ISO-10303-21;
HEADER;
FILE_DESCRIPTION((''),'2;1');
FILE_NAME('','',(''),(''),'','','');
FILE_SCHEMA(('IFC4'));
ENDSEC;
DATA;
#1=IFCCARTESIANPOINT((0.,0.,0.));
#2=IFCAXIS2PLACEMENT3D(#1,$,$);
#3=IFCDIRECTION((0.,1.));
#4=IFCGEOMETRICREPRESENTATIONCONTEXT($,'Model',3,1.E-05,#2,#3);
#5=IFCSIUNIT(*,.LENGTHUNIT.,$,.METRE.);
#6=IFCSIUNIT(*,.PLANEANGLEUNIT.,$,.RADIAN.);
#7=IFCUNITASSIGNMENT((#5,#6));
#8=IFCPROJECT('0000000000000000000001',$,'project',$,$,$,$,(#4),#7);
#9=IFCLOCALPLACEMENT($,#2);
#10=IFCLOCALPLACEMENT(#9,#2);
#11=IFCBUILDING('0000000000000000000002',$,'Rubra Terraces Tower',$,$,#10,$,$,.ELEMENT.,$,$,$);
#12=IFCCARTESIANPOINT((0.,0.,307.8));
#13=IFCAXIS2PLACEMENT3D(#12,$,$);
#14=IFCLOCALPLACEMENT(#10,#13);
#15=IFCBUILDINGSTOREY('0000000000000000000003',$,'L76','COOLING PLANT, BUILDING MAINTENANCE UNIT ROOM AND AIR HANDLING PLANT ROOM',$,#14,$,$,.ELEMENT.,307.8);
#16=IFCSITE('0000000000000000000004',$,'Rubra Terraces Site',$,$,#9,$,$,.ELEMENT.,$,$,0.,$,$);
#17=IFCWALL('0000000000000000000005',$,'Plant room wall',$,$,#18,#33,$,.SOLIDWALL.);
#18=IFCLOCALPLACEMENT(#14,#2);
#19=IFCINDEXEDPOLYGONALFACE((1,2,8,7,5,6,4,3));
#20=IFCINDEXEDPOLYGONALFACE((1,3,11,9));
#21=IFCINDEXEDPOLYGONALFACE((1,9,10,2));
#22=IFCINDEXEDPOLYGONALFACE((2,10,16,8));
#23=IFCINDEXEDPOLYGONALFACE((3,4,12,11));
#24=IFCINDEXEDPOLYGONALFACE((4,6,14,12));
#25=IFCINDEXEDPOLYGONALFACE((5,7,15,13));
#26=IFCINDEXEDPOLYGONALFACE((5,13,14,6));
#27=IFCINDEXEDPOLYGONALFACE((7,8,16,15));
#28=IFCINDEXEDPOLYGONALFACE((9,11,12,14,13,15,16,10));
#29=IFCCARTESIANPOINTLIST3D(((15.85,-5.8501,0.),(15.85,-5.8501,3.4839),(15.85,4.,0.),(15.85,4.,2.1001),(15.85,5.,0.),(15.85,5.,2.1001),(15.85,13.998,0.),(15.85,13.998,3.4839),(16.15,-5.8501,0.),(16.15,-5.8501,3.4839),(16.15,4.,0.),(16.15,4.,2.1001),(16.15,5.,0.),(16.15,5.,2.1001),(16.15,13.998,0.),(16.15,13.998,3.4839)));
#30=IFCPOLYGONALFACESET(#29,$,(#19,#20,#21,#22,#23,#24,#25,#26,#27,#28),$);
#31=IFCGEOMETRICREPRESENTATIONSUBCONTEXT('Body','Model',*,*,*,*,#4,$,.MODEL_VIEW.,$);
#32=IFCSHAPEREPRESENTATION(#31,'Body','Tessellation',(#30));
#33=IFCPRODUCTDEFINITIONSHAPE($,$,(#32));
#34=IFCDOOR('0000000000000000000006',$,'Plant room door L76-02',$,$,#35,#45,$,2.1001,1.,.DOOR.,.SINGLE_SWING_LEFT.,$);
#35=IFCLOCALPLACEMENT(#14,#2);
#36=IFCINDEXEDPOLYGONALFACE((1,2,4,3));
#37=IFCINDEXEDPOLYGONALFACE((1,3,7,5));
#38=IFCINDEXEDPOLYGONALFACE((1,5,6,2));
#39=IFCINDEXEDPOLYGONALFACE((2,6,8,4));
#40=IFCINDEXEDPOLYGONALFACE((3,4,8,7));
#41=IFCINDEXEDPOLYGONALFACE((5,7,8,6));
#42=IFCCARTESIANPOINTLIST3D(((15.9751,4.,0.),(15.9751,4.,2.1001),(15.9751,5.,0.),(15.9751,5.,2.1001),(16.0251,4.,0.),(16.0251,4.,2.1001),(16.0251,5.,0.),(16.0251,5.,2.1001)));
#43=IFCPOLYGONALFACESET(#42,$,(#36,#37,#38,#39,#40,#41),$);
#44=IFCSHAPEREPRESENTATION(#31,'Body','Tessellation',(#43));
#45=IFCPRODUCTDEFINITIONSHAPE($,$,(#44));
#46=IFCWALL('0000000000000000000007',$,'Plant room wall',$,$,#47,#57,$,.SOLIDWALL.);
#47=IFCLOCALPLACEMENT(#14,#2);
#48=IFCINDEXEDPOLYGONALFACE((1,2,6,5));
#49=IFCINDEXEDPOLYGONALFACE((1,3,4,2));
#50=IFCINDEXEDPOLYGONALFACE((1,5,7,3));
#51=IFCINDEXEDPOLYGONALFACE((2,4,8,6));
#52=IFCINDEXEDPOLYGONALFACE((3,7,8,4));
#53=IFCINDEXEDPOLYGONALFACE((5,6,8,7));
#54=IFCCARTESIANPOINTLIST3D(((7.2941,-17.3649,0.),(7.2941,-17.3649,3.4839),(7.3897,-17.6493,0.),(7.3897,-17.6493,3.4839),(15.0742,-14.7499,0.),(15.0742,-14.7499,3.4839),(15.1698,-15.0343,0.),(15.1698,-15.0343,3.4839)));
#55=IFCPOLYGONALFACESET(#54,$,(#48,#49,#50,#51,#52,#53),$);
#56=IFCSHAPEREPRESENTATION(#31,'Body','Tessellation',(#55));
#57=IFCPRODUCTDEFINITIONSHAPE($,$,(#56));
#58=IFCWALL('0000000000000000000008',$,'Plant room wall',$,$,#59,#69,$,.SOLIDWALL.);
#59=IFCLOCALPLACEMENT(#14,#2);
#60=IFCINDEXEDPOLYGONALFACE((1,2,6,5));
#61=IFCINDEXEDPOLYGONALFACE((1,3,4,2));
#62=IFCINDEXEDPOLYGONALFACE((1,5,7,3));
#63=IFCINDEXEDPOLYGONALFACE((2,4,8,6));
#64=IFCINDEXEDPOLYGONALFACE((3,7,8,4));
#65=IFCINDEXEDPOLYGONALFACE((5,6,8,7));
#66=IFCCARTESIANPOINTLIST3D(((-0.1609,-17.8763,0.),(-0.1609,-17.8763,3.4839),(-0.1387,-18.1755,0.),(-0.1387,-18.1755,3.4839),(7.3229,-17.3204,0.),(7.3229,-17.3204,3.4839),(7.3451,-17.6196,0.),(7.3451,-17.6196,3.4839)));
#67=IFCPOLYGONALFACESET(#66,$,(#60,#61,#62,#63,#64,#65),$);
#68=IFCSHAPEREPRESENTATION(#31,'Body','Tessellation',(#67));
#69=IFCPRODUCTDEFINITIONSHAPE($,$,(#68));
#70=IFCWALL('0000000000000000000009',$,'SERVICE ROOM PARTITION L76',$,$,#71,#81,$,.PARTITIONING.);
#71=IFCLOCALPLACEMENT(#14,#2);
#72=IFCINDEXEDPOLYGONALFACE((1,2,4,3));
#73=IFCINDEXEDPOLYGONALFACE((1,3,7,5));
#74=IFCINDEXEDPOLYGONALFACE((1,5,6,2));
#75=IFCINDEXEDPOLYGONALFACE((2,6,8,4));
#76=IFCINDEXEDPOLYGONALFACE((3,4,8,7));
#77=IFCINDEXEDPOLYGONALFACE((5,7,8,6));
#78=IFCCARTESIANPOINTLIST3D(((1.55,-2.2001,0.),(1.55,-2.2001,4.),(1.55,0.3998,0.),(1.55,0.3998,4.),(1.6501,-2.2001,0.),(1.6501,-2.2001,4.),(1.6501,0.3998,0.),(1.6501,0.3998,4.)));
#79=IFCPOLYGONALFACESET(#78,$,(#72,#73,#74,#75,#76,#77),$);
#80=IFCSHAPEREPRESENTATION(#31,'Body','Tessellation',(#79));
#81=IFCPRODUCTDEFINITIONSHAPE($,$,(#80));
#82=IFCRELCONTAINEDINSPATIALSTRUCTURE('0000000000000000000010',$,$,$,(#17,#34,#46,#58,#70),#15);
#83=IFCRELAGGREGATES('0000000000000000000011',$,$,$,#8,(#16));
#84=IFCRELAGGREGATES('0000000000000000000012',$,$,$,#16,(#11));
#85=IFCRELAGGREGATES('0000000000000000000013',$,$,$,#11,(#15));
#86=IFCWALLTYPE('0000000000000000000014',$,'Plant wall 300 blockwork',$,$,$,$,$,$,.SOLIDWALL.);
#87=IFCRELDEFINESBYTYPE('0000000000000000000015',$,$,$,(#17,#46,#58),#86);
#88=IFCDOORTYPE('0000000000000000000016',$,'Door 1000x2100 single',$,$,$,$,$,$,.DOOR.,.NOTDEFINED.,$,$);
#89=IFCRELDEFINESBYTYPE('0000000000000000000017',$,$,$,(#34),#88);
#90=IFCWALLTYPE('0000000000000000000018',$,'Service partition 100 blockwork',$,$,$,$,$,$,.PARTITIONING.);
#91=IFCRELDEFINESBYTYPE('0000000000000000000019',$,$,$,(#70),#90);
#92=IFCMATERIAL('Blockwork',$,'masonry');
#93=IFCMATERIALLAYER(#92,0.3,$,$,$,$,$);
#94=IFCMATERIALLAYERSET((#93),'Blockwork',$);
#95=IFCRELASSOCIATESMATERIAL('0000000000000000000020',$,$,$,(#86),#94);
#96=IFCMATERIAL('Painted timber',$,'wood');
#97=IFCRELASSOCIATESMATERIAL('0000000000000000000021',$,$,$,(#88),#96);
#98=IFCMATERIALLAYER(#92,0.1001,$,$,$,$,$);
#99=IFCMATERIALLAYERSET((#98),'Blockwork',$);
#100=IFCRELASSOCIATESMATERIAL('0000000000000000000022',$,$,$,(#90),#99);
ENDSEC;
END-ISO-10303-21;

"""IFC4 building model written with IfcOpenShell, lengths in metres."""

from ifc_helpers import new_model, si_unit, direction, frame, frame_2d, origin, place, context, subcontext, project, spatial, rectangle, extrude, material, layer, layer_set, type_object, element, fill, save


model = new_model("IFC4")

# Units and contexts
model_context = context("Model", 3, precision=1e-05, world=origin(), true_north=direction((0.0, 1.0)))
body_context = subcontext(model_context, "Body", "Model", "MODEL_VIEW")
ifc_project = project(units=[si_unit("LENGTHUNIT", "METRE"), si_unit("PLANEANGLEUNIT", "RADIAN")], contexts=[model_context])

# Site, building, storey
site_placement = place(None, origin())
site = spatial("IfcSite", under=ifc_project, at=site_placement, Name="Rubra Terraces Site", CompositionType="ELEMENT", RefElevation=0.0)
building_placement = place(site_placement, origin())
building = spatial("IfcBuilding", under=site, at=building_placement, Name="Rubra Terraces Tower", CompositionType="ELEMENT")
storey_placement = place(building_placement, frame((0.0, 0.0, 307.8)))
storey = spatial("IfcBuildingStorey", under=building, at=storey_placement, Name="L76", Description="COOLING PLANT, BUILDING MAINTENANCE UNIT ROOM AND AIR HANDLING PLANT ROOM", CompositionType="ELEMENT", Elevation=307.8)

# Wall, opening, door
ifc_material_1 = material(Name="Blockwork", Category="masonry")
ifc_layer_1 = layer(ifc_material_1, 0.3)
ifc_layer_set_1 = layer_set([ifc_layer_1], Name="Blockwork")
wall_type_1 = type_object("IfcWallType", Name="Plant wall 300 blockwork", PredefinedType="SOLIDWALL", material=ifc_layer_set_1)
wall_1_placement = place(storey_placement, frame((16.0, -5.8501, 0.0), z_axis=(0.0, 0.0, 1.0), x_axis=(0.0, 1.0, 0.0)))
wall_1 = element("IfcWall", 1, at=wall_1_placement, inside=storey, type_object=wall_type_1, Name="Plant room wall", PredefinedType="SOLIDWALL", context=body_context, shape_type="SweptSolid", body=[
    extrude(rectangle(XDim=19.8481, YDim=0.3, at=frame_2d((9.9241, 0.0))), origin(), (0.0, 0.0, 1.0), 3.4839),
])
opening_1_placement = place(wall_1_placement, frame((9.8501, 0.0, 0.0)))
opening_1 = element("IfcOpeningElement", 2, at=opening_1_placement, cuts=wall_1, PredefinedType="OPENING", context=body_context, shape_type="SweptSolid", body=[
    extrude(rectangle(XDim=1.0, YDim=2.1001, at=frame_2d((0.5, 1.05))), frame((0.0, 0.1599, 0.0), z_axis=(0.0, -1.0, 0.0), x_axis=(1.0, 0.0, 0.0)), (0.0, 0.0, 1.0), 0.3201),
])
ifc_material_2 = material(Name="Painted timber", Category="wood")
door_type_1 = type_object("IfcDoorType", Name="Door 1000x2100 single", OperationType="NOTDEFINED", PredefinedType="DOOR", material=ifc_material_2)
door_1_placement = place(opening_1_placement, origin())
door_1 = element("IfcDoor", 3, at=door_1_placement, inside=storey, type_object=door_type_1, Name="Plant room door L76-02", OperationType="SINGLE_SWING_LEFT", OverallHeight=2.1001, OverallWidth=1.0, PredefinedType="DOOR", context=body_context, shape_type="SweptSolid", body=[
    extrude(rectangle(XDim=1.0, YDim=2.1001, at=frame_2d((0.5, 1.05))), frame((0.0, 0.0249, 0.0), z_axis=(0.0, -1.0, 0.0), x_axis=(1.0, 0.0, 0.0)), (0.0, 0.0, 1.0), 0.05),
])
fill(opening_1, door_1)

# Walls
wall_2_placement = place(storey_placement, frame((15.1221, -14.8921, 0.0), z_axis=(0.0, 0.0, 1.0), x_axis=(-0.947889, -0.3186, 0.0)))
element("IfcWall", 4, at=wall_2_placement, inside=storey, type_object=wall_type_1, Name="Plant room wall", PredefinedType="SOLIDWALL", context=body_context, shape_type="SweptSolid", body=[
    extrude(rectangle(XDim=8.2078, YDim=0.3, at=frame_2d((4.104, 0.0))), origin(), (0.0, 0.0, 1.0), 3.4839),
])
wall_3_placement = place(storey_placement, frame((7.334, -17.47, 0.0), z_axis=(0.0, 0.0, 1.0), x_axis=(-0.997253, -0.074077, 0.0)))
element("IfcWall", 5, at=wall_3_placement, inside=storey, type_object=wall_type_1, Name="Plant room wall", PredefinedType="SOLIDWALL", context=body_context, shape_type="SweptSolid", body=[
    extrude(rectangle(XDim=7.5044, YDim=0.3, at=frame_2d((3.7522, 0.0))), origin(), (0.0, 0.0, 1.0), 3.4839),
])
ifc_layer_2 = layer(ifc_material_1, 0.1001)
ifc_layer_set_2 = layer_set([ifc_layer_2], Name="Blockwork")
wall_type_2 = type_object("IfcWallType", Name="Service partition 100 blockwork", PredefinedType="PARTITIONING", material=ifc_layer_set_2)
wall_4_placement = place(storey_placement, frame((1.6001, -2.2, 0.0), z_axis=(0.0, 0.0, 1.0), x_axis=(0.0, 1.0, 0.0)))
element("IfcWall", 6, at=wall_4_placement, inside=storey, type_object=wall_type_2, Name="SERVICE ROOM PARTITION L76", PredefinedType="PARTITIONING", context=body_context, shape_type="SweptSolid", body=[
    extrude(rectangle(XDim=2.5999, YDim=0.1001, at=frame_2d((1.2998, 0.0))), origin(), (0.0, 0.0, 1.0), 4.0),
])

save(model, "model.ifc")
